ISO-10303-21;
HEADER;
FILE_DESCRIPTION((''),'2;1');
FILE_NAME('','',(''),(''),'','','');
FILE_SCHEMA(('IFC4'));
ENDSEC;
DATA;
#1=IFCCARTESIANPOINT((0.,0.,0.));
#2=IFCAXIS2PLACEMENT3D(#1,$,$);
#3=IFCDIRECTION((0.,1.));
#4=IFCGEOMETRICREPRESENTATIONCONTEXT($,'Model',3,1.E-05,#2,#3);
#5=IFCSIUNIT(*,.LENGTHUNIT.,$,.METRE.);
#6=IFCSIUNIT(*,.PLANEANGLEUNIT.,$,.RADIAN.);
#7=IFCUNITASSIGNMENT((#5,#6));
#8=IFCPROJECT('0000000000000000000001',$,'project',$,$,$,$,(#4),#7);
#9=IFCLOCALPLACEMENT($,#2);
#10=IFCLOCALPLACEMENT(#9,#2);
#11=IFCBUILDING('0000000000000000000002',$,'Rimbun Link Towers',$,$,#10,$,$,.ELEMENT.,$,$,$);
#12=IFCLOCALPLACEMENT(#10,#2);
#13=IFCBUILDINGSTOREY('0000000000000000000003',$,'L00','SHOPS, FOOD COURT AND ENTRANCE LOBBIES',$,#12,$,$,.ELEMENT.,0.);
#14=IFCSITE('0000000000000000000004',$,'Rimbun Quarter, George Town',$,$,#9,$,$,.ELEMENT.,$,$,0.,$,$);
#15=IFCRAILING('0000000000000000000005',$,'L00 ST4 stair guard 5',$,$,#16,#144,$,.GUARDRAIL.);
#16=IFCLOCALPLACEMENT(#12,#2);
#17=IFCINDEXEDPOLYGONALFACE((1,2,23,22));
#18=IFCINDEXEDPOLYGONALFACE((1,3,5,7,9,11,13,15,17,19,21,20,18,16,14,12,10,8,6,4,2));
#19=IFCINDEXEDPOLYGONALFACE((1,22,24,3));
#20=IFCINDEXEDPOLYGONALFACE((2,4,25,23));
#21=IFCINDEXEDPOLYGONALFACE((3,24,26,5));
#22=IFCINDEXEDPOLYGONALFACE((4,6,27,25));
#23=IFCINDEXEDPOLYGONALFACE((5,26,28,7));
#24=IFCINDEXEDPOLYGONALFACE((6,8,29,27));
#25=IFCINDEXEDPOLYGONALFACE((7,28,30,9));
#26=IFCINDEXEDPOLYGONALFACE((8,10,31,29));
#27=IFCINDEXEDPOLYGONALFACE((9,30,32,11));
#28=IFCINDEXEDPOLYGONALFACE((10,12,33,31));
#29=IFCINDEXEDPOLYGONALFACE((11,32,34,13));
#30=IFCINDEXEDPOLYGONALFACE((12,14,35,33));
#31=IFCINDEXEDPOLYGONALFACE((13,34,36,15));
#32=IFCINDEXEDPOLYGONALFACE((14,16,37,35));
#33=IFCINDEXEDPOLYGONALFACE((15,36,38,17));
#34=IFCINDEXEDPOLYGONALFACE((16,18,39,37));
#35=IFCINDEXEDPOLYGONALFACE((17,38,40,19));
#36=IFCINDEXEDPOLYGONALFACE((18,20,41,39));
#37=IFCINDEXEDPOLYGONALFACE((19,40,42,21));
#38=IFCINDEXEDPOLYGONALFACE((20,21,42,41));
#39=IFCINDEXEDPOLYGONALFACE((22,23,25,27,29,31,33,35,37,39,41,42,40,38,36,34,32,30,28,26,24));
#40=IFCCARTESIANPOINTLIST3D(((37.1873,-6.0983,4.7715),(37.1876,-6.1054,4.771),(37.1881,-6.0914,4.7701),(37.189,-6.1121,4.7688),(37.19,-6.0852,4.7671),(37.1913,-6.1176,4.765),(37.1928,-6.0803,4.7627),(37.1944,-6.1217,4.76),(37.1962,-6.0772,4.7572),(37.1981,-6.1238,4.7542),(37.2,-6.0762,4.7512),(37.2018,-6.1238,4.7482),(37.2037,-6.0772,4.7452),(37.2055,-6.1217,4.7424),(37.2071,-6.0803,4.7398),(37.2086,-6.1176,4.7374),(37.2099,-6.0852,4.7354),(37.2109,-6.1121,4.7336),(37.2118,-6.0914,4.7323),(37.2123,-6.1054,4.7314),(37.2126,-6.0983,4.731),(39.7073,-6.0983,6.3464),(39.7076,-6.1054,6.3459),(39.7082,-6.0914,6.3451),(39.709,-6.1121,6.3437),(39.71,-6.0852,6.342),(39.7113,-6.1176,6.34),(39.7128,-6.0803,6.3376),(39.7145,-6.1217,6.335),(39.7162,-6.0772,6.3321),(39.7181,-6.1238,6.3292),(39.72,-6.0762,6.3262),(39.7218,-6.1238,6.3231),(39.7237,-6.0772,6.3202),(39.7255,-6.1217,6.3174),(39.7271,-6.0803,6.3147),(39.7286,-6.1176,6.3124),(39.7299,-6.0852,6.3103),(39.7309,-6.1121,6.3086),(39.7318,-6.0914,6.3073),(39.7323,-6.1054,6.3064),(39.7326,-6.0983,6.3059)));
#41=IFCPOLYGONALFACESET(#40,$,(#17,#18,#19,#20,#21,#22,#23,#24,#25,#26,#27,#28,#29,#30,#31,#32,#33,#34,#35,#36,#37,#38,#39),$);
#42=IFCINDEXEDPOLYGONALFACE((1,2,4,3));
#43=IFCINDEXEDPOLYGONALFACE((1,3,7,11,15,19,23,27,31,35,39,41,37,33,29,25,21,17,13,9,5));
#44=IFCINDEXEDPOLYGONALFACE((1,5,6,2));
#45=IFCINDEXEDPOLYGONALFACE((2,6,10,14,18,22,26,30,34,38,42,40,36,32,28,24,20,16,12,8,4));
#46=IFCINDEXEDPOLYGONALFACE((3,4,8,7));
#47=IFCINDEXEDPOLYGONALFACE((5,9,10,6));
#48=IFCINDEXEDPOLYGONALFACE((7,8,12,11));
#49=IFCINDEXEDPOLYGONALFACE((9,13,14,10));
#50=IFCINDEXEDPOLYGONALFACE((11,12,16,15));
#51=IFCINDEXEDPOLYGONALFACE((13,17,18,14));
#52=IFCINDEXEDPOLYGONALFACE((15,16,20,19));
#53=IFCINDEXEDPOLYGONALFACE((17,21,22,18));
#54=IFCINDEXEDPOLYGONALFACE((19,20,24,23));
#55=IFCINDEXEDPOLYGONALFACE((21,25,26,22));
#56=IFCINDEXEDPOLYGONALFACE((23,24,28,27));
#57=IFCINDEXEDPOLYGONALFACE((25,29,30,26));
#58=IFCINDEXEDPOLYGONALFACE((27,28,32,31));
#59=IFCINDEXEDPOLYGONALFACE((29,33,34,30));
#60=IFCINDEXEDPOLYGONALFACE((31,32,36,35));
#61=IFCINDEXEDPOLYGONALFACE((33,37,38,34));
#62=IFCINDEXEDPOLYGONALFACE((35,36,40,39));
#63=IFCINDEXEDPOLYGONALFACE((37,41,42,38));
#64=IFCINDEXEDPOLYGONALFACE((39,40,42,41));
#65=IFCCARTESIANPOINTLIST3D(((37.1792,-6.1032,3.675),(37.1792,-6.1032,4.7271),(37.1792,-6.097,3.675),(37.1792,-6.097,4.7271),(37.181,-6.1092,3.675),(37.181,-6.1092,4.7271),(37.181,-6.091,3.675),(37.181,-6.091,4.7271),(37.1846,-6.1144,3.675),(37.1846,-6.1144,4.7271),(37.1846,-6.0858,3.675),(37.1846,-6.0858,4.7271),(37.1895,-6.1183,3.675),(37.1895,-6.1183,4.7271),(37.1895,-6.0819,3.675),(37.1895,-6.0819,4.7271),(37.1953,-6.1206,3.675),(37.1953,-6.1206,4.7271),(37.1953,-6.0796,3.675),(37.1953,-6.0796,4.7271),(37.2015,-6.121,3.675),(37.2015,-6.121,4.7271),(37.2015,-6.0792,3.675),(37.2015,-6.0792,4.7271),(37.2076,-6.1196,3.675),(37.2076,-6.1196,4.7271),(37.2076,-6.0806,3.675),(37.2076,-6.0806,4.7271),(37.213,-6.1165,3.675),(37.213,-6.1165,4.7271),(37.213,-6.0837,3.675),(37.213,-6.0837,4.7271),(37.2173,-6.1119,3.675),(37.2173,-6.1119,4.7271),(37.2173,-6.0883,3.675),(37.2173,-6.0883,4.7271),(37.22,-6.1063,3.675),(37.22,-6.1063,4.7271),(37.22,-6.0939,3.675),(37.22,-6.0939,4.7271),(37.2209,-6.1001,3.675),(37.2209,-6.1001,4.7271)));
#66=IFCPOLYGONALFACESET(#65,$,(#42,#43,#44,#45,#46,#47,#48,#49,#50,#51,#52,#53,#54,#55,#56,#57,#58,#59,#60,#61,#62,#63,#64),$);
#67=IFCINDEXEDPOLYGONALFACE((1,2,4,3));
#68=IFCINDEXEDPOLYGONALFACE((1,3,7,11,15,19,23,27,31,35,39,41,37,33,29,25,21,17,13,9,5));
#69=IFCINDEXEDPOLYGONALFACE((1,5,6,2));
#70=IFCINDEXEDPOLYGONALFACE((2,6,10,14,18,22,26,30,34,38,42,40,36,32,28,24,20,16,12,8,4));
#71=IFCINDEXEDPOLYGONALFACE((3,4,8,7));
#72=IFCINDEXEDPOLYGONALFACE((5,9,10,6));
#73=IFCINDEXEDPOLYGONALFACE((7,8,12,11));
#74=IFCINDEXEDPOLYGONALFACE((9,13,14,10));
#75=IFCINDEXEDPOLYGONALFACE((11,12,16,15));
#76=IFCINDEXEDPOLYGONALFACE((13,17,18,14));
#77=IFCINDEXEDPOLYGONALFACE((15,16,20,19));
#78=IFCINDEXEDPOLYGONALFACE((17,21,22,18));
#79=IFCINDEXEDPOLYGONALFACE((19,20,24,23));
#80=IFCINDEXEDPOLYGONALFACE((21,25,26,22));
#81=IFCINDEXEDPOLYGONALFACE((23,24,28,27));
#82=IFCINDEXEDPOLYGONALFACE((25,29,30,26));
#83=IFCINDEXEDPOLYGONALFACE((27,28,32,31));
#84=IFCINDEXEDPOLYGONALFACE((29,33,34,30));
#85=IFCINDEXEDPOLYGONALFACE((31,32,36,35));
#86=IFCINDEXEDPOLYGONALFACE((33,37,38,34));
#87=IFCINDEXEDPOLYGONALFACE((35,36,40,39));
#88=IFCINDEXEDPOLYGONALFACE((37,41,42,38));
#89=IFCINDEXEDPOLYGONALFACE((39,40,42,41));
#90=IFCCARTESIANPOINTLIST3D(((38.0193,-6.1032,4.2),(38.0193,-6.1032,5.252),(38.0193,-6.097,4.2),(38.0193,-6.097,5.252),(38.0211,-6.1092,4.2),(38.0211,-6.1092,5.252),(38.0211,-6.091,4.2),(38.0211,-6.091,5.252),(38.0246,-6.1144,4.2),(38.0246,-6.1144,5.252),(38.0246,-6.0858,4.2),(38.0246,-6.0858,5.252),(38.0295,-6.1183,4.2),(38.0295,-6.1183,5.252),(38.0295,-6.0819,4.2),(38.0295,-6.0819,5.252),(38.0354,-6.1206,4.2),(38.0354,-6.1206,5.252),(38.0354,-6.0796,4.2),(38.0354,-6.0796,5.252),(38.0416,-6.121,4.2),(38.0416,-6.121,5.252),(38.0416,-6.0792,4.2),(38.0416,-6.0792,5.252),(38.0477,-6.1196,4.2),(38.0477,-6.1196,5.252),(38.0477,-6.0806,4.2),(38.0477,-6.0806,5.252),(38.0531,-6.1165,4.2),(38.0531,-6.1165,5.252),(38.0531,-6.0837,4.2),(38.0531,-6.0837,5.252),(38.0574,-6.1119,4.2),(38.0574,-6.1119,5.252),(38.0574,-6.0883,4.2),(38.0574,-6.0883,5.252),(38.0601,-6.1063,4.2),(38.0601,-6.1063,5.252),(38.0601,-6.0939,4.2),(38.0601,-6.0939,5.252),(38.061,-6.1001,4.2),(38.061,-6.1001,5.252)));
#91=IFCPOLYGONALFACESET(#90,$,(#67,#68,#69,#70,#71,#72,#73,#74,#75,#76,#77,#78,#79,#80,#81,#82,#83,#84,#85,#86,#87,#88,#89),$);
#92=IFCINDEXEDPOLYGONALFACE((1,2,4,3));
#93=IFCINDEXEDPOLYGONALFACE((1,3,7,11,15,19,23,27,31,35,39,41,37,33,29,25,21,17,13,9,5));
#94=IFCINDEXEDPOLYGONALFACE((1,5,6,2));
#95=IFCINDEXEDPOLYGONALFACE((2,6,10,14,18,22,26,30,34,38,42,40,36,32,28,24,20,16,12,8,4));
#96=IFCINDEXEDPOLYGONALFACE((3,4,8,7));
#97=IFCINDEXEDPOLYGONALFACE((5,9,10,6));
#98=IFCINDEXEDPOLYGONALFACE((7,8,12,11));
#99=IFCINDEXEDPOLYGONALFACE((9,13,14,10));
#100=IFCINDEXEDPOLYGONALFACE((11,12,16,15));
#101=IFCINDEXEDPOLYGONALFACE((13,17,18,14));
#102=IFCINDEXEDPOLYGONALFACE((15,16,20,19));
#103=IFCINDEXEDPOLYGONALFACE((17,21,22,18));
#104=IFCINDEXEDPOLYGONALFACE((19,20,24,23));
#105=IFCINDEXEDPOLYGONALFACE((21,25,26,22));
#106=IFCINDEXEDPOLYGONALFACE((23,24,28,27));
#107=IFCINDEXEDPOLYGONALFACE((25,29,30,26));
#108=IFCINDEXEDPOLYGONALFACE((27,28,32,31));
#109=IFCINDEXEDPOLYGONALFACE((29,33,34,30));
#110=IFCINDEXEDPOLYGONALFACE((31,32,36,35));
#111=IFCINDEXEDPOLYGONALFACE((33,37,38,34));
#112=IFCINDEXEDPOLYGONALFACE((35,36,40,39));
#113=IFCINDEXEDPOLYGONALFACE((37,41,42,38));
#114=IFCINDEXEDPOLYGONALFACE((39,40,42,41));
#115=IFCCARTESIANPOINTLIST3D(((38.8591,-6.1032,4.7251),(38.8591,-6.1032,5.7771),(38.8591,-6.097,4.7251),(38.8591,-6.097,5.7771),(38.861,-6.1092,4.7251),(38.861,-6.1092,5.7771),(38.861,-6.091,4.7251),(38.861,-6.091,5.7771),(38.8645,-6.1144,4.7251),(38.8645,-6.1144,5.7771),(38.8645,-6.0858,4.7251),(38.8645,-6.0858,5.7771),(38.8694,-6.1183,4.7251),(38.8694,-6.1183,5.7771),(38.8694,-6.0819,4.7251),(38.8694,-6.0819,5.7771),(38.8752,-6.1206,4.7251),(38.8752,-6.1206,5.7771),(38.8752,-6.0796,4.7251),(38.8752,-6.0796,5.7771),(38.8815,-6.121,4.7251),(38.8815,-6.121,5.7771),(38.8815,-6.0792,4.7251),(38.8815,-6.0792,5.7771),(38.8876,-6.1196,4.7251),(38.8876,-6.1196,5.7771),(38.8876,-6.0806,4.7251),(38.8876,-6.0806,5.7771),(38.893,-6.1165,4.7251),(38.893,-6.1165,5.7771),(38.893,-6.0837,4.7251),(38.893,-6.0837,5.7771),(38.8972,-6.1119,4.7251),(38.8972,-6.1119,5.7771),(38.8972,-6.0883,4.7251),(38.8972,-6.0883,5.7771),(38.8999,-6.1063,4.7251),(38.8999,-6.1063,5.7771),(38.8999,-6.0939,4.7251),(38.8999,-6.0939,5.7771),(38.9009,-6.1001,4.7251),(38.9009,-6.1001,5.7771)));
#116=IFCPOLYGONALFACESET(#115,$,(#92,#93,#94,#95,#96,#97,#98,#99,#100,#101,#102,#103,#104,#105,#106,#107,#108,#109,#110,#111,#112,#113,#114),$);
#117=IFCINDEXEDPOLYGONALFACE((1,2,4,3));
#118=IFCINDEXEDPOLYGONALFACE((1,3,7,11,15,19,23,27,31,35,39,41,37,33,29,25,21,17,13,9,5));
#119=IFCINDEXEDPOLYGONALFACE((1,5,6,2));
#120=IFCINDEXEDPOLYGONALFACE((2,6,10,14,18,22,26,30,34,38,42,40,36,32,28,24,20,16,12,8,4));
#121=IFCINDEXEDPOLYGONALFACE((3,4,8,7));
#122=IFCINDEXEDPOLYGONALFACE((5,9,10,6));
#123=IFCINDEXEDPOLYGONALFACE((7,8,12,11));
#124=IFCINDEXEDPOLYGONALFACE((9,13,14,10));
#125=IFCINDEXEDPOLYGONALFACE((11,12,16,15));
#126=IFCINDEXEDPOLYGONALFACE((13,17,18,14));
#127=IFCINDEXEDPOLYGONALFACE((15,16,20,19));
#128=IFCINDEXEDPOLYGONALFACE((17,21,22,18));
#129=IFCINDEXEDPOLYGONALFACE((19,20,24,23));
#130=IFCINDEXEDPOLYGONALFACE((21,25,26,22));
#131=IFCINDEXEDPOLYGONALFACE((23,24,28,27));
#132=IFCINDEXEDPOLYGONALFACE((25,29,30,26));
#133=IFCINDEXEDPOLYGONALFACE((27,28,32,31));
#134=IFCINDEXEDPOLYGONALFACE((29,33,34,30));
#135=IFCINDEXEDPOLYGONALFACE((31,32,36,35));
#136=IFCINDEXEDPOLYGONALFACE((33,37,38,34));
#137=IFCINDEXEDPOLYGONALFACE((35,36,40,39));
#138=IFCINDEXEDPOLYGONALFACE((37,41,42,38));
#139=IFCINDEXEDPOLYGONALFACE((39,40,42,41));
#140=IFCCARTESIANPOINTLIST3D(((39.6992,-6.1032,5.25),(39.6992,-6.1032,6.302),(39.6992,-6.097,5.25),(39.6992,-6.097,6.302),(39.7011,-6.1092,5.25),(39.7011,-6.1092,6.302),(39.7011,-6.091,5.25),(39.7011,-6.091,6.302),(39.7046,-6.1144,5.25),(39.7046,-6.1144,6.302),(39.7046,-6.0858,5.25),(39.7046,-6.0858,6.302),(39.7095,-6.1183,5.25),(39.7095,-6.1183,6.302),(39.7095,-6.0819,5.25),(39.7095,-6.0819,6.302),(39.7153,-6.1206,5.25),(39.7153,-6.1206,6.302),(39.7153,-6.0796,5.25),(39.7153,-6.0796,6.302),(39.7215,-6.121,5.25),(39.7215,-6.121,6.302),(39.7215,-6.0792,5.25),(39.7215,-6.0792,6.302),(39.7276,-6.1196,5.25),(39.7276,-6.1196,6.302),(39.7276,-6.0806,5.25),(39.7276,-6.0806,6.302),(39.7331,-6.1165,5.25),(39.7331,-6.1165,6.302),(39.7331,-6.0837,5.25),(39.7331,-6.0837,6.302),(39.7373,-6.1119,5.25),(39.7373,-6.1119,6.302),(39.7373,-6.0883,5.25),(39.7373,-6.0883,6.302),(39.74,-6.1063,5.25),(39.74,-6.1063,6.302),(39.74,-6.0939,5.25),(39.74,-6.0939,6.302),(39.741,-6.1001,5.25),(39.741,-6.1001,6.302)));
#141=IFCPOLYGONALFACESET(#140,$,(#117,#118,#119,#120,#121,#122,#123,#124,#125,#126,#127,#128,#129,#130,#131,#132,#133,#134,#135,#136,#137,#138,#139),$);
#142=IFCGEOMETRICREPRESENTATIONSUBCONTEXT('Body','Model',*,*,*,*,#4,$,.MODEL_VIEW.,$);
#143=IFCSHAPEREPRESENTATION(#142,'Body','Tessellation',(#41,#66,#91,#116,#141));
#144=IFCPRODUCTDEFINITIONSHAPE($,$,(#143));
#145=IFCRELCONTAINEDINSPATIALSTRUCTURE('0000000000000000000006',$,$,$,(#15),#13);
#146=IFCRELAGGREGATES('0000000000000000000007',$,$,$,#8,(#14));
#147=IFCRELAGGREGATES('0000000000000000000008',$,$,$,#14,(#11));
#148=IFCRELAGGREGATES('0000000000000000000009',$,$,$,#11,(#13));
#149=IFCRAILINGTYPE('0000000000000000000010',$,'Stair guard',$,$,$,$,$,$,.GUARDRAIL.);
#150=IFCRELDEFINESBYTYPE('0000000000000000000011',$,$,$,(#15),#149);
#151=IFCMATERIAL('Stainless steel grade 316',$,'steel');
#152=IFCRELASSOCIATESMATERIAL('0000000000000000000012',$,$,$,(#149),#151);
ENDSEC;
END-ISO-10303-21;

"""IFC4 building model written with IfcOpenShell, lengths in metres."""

from ifc_helpers import new_model, si_unit, direction, frame, origin, origin_2d, place, context, subcontext, project, spatial, circle, extrude, material, type_object, element, save


model = new_model("IFC4")

# Units and contexts
model_context = context("Model", 3, precision=1e-05, world=origin(), true_north=direction((0.0, 1.0)))
body_context = subcontext(model_context, "Body", "Model", "MODEL_VIEW")
ifc_project = project(units=[si_unit("LENGTHUNIT", "METRE"), si_unit("PLANEANGLEUNIT", "RADIAN")], contexts=[model_context])

# Site, building, storey
site_placement = place(None, origin())
site = spatial("IfcSite", under=ifc_project, at=site_placement, Name="Rimbun Quarter, George Town", CompositionType="ELEMENT", RefElevation=0.0)
building_placement = place(site_placement, origin())
building = spatial("IfcBuilding", under=site, at=building_placement, Name="Rimbun Link Towers", CompositionType="ELEMENT")
storey_placement = place(building_placement, origin())
storey = spatial("IfcBuildingStorey", under=building, at=storey_placement, Name="L00", Description="SHOPS, FOOD COURT AND ENTRANCE LOBBIES", CompositionType="ELEMENT", Elevation=0.0)

# Railing
ifc_material_1 = material(Name="Stainless steel grade 316", Category="steel")
railing_type_1 = type_object("IfcRailingType", Name="Stair guard", PredefinedType="GUARDRAIL", material=ifc_material_1)
railing_1_placement = place(storey_placement, frame((37.2, -6.1001, 3.675)))
element("IfcRailing", 1, at=railing_1_placement, inside=storey, type_object=railing_type_1, Name="L00 ST4 stair guard 5", PredefinedType="GUARDRAIL", context=body_context, shape_type="SweptSolid", body=[
    extrude(circle(Radius=0.0239, at=origin_2d()), frame((0.0, 0.0, 1.0762), z_axis=(0.848008, 0.0, 0.529984), x_axis=(0.0, 1.0, 0.0)), (0.0, 0.0, 1.0), 2.9717),
    extrude(circle(Radius=0.021, at=origin_2d()), origin(), (0.0, 0.0, 1.0), 1.052),
    extrude(circle(Radius=0.021, at=origin_2d()), frame((0.8401, 0.0, 0.5249)), (0.0, 0.0, 1.0), 1.052),
    extrude(circle(Radius=0.021, at=origin_2d()), frame((1.6799, 0.0, 1.05)), (0.0, 0.0, 1.0), 1.052),
    extrude(circle(Radius=0.021, at=origin_2d()), frame((2.52, 0.0, 1.575)), (0.0, 0.0, 1.0), 1.052),
])

save(model, "model.ifc")
